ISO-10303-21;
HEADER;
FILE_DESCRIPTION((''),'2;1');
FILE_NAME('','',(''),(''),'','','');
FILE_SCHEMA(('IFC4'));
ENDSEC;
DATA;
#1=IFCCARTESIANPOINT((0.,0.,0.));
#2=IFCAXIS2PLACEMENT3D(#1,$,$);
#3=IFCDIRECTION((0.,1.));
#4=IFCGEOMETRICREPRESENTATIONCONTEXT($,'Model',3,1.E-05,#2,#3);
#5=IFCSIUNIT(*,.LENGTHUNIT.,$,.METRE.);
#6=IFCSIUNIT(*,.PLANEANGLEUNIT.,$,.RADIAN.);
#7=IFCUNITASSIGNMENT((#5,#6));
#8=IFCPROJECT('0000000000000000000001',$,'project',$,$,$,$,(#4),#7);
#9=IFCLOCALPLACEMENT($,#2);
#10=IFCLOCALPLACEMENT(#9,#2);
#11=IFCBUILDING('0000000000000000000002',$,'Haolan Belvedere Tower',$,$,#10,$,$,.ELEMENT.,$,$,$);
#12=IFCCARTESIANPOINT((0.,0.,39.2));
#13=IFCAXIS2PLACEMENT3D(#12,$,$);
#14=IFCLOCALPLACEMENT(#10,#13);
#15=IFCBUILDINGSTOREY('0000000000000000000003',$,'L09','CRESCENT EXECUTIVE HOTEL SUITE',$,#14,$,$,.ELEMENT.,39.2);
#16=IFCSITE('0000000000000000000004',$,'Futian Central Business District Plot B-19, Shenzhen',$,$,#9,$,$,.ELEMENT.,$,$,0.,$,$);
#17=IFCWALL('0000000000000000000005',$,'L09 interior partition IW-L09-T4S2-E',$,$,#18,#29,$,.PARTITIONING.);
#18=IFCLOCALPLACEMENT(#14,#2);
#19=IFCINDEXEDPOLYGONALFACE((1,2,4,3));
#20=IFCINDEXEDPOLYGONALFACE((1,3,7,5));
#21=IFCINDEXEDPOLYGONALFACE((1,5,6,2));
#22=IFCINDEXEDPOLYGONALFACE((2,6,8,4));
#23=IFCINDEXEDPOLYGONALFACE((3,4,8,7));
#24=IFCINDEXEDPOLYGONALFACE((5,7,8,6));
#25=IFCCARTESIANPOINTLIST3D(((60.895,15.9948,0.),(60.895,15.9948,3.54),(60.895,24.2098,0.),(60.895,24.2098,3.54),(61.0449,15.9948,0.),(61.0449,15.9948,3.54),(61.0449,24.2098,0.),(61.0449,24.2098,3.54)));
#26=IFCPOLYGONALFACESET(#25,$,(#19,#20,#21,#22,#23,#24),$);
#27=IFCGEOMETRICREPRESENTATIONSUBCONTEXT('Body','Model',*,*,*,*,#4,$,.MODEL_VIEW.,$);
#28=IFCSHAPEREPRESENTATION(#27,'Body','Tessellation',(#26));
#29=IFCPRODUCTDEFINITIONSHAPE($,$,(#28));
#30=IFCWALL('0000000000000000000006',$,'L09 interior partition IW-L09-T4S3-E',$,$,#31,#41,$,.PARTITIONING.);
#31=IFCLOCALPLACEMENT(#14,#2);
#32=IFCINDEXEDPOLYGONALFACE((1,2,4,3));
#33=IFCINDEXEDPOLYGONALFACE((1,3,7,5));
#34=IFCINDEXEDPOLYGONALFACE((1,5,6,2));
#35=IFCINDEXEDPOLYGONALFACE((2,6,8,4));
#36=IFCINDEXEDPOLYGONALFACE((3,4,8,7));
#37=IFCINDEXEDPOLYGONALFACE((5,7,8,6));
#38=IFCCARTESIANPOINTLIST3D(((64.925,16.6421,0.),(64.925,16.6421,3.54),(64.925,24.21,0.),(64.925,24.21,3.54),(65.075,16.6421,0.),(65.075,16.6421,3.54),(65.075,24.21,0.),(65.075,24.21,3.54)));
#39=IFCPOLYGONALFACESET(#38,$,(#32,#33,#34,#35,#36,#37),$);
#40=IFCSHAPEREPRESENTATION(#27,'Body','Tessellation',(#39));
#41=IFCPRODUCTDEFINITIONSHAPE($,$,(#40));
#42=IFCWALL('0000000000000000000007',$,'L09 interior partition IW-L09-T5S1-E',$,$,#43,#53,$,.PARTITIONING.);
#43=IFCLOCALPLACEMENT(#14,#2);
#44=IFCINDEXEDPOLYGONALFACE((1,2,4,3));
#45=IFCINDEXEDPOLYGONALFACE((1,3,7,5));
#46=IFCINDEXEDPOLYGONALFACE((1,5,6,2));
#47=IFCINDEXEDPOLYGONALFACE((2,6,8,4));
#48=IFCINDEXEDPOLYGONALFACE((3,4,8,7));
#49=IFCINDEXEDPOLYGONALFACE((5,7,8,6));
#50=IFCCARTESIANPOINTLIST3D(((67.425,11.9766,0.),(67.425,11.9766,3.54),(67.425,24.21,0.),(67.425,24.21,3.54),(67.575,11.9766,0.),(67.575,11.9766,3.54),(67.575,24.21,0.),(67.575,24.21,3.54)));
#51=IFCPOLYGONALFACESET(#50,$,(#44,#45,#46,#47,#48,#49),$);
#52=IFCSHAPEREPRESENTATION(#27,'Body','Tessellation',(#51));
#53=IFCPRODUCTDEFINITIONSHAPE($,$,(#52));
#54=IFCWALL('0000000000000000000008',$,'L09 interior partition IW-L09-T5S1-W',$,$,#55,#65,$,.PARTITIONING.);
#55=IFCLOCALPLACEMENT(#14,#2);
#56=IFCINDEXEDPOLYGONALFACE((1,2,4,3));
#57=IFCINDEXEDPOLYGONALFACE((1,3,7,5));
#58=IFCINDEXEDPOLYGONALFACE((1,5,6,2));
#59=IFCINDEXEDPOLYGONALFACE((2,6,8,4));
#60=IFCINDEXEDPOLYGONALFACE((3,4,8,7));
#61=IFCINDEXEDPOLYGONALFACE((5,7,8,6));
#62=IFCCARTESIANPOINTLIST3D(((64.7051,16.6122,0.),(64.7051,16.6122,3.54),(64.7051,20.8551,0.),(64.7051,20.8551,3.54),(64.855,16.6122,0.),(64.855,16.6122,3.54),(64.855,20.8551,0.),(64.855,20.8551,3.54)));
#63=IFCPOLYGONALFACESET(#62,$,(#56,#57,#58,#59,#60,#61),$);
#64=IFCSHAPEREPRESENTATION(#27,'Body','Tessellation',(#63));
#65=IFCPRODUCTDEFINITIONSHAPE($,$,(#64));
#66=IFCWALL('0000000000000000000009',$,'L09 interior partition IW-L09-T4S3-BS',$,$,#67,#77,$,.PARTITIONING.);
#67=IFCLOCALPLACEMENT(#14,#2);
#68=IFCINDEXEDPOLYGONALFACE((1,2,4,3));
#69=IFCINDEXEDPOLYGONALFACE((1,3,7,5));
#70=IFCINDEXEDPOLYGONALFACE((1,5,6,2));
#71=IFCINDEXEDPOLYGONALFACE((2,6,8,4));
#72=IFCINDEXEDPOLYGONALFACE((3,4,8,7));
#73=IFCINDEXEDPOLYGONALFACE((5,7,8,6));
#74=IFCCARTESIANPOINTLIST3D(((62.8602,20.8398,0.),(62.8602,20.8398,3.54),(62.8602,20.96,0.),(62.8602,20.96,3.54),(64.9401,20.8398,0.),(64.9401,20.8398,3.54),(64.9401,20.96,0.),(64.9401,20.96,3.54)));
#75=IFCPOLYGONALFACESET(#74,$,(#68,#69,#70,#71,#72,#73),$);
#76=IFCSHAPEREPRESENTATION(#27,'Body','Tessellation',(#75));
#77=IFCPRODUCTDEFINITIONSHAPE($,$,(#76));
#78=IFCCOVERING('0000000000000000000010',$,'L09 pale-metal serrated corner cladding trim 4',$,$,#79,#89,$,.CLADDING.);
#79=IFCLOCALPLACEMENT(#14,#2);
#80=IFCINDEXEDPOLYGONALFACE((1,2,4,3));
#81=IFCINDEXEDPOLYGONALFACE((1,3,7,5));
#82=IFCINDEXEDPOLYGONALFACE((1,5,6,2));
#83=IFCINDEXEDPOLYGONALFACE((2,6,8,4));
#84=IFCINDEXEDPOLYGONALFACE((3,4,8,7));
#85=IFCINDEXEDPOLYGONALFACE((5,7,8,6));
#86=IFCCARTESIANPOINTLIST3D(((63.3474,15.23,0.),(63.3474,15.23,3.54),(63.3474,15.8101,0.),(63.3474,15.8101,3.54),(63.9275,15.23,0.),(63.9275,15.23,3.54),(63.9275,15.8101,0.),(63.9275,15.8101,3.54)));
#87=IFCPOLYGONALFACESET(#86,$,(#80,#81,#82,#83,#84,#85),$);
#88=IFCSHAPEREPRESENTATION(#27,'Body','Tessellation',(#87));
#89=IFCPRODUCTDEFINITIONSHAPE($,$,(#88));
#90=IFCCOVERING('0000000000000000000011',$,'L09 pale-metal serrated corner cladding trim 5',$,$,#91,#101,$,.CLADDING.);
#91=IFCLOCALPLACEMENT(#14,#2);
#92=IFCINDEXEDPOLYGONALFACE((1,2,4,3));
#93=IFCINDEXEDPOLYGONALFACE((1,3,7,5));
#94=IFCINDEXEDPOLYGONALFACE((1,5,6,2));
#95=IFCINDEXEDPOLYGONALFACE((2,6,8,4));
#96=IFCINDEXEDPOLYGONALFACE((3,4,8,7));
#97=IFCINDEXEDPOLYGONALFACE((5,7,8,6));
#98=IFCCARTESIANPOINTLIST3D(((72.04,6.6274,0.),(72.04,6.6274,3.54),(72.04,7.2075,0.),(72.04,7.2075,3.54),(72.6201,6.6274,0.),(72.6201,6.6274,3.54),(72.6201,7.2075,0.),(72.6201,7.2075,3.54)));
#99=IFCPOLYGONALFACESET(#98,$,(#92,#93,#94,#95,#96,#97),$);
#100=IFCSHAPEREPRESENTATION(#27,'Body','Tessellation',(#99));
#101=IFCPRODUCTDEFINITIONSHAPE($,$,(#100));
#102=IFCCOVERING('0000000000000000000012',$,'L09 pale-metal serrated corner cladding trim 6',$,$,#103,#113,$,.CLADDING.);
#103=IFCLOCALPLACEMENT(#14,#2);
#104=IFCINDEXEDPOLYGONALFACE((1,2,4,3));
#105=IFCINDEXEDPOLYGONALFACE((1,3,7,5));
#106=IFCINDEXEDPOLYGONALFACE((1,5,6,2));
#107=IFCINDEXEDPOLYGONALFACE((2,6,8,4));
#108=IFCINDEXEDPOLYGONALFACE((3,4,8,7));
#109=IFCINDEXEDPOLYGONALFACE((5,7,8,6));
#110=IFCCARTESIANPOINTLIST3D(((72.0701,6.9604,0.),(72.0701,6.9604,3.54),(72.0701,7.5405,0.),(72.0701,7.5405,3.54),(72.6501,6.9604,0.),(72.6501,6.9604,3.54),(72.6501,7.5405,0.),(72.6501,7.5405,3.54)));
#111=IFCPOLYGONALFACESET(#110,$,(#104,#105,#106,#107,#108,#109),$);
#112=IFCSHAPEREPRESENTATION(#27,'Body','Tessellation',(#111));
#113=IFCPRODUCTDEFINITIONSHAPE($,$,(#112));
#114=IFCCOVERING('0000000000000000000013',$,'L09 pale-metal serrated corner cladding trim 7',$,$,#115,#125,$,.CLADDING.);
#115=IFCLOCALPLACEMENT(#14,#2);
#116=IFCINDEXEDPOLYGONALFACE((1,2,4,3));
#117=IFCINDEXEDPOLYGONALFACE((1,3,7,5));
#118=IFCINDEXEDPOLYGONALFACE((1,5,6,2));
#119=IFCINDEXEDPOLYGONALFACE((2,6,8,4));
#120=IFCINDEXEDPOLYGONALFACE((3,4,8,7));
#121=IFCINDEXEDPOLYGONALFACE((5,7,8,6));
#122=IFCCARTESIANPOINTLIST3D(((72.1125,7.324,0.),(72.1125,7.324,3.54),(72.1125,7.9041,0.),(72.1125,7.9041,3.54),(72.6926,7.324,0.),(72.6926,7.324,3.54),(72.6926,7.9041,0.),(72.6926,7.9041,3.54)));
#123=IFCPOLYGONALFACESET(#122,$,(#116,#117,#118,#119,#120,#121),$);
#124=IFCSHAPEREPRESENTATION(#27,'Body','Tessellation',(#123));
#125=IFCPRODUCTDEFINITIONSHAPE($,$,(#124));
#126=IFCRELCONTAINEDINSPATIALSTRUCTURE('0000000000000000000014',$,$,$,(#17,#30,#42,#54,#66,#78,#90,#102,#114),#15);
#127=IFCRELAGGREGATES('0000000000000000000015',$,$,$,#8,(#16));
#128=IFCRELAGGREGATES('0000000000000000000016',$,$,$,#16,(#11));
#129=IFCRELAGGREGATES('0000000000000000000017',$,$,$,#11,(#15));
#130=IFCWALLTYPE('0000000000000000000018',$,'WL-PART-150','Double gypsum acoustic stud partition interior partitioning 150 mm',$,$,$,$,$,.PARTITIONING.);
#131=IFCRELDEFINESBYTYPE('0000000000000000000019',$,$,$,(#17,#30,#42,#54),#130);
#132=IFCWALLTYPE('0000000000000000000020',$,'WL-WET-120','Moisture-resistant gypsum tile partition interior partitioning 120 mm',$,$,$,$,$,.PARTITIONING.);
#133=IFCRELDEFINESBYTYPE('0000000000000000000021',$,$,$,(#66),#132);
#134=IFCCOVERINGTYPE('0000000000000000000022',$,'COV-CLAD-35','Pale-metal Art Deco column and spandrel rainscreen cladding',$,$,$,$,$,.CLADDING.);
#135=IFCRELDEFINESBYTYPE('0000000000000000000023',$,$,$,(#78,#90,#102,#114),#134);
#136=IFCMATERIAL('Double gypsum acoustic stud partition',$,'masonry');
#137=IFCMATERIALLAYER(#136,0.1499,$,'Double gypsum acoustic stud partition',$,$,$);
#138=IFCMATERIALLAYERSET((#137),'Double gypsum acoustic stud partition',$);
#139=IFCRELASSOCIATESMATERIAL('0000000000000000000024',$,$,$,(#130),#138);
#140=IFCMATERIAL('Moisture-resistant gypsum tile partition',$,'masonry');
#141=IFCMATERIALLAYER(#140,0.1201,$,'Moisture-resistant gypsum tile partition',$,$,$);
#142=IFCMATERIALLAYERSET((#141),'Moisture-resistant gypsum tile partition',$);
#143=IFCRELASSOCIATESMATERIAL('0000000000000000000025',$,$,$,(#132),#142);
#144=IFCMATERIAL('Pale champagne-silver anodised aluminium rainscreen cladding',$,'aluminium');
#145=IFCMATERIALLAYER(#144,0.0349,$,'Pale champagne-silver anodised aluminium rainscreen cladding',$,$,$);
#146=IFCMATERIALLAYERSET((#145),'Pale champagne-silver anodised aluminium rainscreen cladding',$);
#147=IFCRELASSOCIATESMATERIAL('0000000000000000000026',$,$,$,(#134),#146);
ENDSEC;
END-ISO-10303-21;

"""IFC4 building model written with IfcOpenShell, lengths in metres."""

from ifc_helpers import new_model, si_unit, direction, frame, frame_2d, origin, origin_2d, place, context, subcontext, project, spatial, rectangle, extrude, material, layer, layer_set, type_object, element, save


model = new_model("IFC4")

# Units and contexts
model_context = context("Model", 3, precision=1e-05, world=origin(), true_north=direction((0.0, 1.0)))
body_context = subcontext(model_context, "Body", "Model", "MODEL_VIEW")
ifc_project = project(units=[si_unit("LENGTHUNIT", "METRE"), si_unit("PLANEANGLEUNIT", "RADIAN")], contexts=[model_context])

# Site, building, storey
site_placement = place(None, origin())
site = spatial("IfcSite", under=ifc_project, at=site_placement, Name="Futian Central Business District Plot B-19, Shenzhen", CompositionType="ELEMENT", RefElevation=0.0)
building_placement = place(site_placement, origin())
building = spatial("IfcBuilding", under=site, at=building_placement, Name="Haolan Belvedere Tower", CompositionType="ELEMENT")
storey_placement = place(building_placement, frame((0.0, 0.0, 39.2)))
storey = spatial("IfcBuildingStorey", under=building, at=storey_placement, Name="L09", Description="CRESCENT EXECUTIVE HOTEL SUITE", CompositionType="ELEMENT", Elevation=39.2)

# Walls
ifc_material_1 = material(Name="Double gypsum acoustic stud partition", Category="masonry")
ifc_layer_1 = layer(ifc_material_1, 0.1499, Name="Double gypsum acoustic stud partition")
ifc_layer_set_1 = layer_set([ifc_layer_1], Name="Double gypsum acoustic stud partition")
wall_type_1 = type_object("IfcWallType", Name="WL-PART-150", Description="Double gypsum acoustic stud partition interior partitioning 150 mm", PredefinedType="PARTITIONING", material=ifc_layer_set_1)
wall_1_placement = place(storey_placement, frame((60.97, 15.9949, 0.0), z_axis=(0.0, 0.0, 1.0), x_axis=(0.0, 1.0, 0.0)))
element("IfcWall", 1, at=wall_1_placement, inside=storey, type_object=wall_type_1, Name="L09 interior partition IW-L09-T4S2-E", PredefinedType="PARTITIONING", context=body_context, shape_type="SweptSolid", body=[
    extrude(rectangle(XDim=8.2151, YDim=0.1499, at=frame_2d((4.1074, 0.0))), origin(), (0.0, 0.0, 1.0), 3.54),
])
wall_2_placement = place(storey_placement, frame((65.0, 16.6421, 0.0), z_axis=(0.0, 0.0, 1.0), x_axis=(0.0, 1.0, 0.0)))
element("IfcWall", 2, at=wall_2_placement, inside=storey, type_object=wall_type_1, Name="L09 interior partition IW-L09-T4S3-E", PredefinedType="PARTITIONING", context=body_context, shape_type="SweptSolid", body=[
    extrude(rectangle(XDim=7.5679, YDim=0.1499, at=frame_2d((3.7839, 0.0))), origin(), (0.0, 0.0, 1.0), 3.54),
])
wall_3_placement = place(storey_placement, frame((67.5, 11.9766, 0.0), z_axis=(0.0, 0.0, 1.0), x_axis=(0.0, 1.0, 0.0)))
element("IfcWall", 3, at=wall_3_placement, inside=storey, type_object=wall_type_1, Name="L09 interior partition IW-L09-T5S1-E", PredefinedType="PARTITIONING", context=body_context, shape_type="SweptSolid", body=[
    extrude(rectangle(XDim=12.2334, YDim=0.1499, at=frame_2d((6.1167, 0.0))), origin(), (0.0, 0.0, 1.0), 3.54),
])
wall_4_placement = place(storey_placement, frame((64.78, 16.6121, 0.0), z_axis=(0.0, 0.0, 1.0), x_axis=(0.0, 1.0, 0.0)))
element("IfcWall", 4, at=wall_4_placement, inside=storey, type_object=wall_type_1, Name="L09 interior partition IW-L09-T5S1-W", PredefinedType="PARTITIONING", context=body_context, shape_type="SweptSolid", body=[
    extrude(rectangle(XDim=4.2429, YDim=0.1499, at=frame_2d((2.1216, 0.0))), origin(), (0.0, 0.0, 1.0), 3.54),
])
ifc_material_2 = material(Name="Moisture-resistant gypsum tile partition", Category="masonry")
ifc_layer_2 = layer(ifc_material_2, 0.1201, Name="Moisture-resistant gypsum tile partition")
ifc_layer_set_2 = layer_set([ifc_layer_2], Name="Moisture-resistant gypsum tile partition")
wall_type_2 = type_object("IfcWallType", Name="WL-WET-120", Description="Moisture-resistant gypsum tile partition interior partitioning 120 mm", PredefinedType="PARTITIONING", material=ifc_layer_set_2)
wall_5_placement = place(storey_placement, frame((62.8601, 20.8999, 0.0), z_axis=(0.0, 0.0, 1.0), x_axis=(1.0, 0.0, 0.0)))
element("IfcWall", 5, at=wall_5_placement, inside=storey, type_object=wall_type_2, Name="L09 interior partition IW-L09-T4S3-BS", PredefinedType="PARTITIONING", context=body_context, shape_type="SweptSolid", body=[
    extrude(rectangle(XDim=2.0798, YDim=0.1201, at=frame_2d((1.04, 0.0))), origin(), (0.0, 0.0, 1.0), 3.54),
])

# Coverings
ifc_material_3 = material(Name="Pale champagne-silver anodised aluminium rainscreen cladding", Category="aluminium")
ifc_layer_3 = layer(ifc_material_3, 0.0349, Name="Pale champagne-silver anodised aluminium rainscreen cladding")
ifc_layer_set_3 = layer_set([ifc_layer_3], Name="Pale champagne-silver anodised aluminium rainscreen cladding")
covering_type = type_object("IfcCoveringType", Name="COV-CLAD-35", Description="Pale-metal Art Deco column and spandrel rainscreen cladding", PredefinedType="CLADDING", material=ifc_layer_set_3)
for number, where, z_axis, x_axis, name in (
    (6, (63.6375, 15.52, 0.0), (0.0, 0.0, 1.0), (1.0, 0.0, 0.0), "L09 pale-metal serrated corner cladding trim 4"),
    (7, (72.3301, 6.9175, 0.0), (0.0, 0.0, 1.0), (1.0, 0.0, 0.0), "L09 pale-metal serrated corner cladding trim 5"),
    (8, (72.3601, 7.2505, 0.0), (0.0, 0.0, 1.0), (1.0, 0.0, 0.0), "L09 pale-metal serrated corner cladding trim 6"),
    (9, (72.4026, 7.614, 0.0), (0.0, 0.0, 1.0), (1.0, 0.0, 0.0), "L09 pale-metal serrated corner cladding trim 7"),
):
    element("IfcCovering", number, at=place(storey_placement, frame(where, z_axis=z_axis, x_axis=x_axis)), inside=storey, type_object=covering_type, Name=name, PredefinedType="CLADDING", context=body_context, shape_type="SweptSolid", body=[
        extrude(rectangle(XDim=0.5801, YDim=0.5801, at=origin_2d()), origin(), (0.0, 0.0, 1.0), 3.54),
    ])

save(model, "model.ifc")
